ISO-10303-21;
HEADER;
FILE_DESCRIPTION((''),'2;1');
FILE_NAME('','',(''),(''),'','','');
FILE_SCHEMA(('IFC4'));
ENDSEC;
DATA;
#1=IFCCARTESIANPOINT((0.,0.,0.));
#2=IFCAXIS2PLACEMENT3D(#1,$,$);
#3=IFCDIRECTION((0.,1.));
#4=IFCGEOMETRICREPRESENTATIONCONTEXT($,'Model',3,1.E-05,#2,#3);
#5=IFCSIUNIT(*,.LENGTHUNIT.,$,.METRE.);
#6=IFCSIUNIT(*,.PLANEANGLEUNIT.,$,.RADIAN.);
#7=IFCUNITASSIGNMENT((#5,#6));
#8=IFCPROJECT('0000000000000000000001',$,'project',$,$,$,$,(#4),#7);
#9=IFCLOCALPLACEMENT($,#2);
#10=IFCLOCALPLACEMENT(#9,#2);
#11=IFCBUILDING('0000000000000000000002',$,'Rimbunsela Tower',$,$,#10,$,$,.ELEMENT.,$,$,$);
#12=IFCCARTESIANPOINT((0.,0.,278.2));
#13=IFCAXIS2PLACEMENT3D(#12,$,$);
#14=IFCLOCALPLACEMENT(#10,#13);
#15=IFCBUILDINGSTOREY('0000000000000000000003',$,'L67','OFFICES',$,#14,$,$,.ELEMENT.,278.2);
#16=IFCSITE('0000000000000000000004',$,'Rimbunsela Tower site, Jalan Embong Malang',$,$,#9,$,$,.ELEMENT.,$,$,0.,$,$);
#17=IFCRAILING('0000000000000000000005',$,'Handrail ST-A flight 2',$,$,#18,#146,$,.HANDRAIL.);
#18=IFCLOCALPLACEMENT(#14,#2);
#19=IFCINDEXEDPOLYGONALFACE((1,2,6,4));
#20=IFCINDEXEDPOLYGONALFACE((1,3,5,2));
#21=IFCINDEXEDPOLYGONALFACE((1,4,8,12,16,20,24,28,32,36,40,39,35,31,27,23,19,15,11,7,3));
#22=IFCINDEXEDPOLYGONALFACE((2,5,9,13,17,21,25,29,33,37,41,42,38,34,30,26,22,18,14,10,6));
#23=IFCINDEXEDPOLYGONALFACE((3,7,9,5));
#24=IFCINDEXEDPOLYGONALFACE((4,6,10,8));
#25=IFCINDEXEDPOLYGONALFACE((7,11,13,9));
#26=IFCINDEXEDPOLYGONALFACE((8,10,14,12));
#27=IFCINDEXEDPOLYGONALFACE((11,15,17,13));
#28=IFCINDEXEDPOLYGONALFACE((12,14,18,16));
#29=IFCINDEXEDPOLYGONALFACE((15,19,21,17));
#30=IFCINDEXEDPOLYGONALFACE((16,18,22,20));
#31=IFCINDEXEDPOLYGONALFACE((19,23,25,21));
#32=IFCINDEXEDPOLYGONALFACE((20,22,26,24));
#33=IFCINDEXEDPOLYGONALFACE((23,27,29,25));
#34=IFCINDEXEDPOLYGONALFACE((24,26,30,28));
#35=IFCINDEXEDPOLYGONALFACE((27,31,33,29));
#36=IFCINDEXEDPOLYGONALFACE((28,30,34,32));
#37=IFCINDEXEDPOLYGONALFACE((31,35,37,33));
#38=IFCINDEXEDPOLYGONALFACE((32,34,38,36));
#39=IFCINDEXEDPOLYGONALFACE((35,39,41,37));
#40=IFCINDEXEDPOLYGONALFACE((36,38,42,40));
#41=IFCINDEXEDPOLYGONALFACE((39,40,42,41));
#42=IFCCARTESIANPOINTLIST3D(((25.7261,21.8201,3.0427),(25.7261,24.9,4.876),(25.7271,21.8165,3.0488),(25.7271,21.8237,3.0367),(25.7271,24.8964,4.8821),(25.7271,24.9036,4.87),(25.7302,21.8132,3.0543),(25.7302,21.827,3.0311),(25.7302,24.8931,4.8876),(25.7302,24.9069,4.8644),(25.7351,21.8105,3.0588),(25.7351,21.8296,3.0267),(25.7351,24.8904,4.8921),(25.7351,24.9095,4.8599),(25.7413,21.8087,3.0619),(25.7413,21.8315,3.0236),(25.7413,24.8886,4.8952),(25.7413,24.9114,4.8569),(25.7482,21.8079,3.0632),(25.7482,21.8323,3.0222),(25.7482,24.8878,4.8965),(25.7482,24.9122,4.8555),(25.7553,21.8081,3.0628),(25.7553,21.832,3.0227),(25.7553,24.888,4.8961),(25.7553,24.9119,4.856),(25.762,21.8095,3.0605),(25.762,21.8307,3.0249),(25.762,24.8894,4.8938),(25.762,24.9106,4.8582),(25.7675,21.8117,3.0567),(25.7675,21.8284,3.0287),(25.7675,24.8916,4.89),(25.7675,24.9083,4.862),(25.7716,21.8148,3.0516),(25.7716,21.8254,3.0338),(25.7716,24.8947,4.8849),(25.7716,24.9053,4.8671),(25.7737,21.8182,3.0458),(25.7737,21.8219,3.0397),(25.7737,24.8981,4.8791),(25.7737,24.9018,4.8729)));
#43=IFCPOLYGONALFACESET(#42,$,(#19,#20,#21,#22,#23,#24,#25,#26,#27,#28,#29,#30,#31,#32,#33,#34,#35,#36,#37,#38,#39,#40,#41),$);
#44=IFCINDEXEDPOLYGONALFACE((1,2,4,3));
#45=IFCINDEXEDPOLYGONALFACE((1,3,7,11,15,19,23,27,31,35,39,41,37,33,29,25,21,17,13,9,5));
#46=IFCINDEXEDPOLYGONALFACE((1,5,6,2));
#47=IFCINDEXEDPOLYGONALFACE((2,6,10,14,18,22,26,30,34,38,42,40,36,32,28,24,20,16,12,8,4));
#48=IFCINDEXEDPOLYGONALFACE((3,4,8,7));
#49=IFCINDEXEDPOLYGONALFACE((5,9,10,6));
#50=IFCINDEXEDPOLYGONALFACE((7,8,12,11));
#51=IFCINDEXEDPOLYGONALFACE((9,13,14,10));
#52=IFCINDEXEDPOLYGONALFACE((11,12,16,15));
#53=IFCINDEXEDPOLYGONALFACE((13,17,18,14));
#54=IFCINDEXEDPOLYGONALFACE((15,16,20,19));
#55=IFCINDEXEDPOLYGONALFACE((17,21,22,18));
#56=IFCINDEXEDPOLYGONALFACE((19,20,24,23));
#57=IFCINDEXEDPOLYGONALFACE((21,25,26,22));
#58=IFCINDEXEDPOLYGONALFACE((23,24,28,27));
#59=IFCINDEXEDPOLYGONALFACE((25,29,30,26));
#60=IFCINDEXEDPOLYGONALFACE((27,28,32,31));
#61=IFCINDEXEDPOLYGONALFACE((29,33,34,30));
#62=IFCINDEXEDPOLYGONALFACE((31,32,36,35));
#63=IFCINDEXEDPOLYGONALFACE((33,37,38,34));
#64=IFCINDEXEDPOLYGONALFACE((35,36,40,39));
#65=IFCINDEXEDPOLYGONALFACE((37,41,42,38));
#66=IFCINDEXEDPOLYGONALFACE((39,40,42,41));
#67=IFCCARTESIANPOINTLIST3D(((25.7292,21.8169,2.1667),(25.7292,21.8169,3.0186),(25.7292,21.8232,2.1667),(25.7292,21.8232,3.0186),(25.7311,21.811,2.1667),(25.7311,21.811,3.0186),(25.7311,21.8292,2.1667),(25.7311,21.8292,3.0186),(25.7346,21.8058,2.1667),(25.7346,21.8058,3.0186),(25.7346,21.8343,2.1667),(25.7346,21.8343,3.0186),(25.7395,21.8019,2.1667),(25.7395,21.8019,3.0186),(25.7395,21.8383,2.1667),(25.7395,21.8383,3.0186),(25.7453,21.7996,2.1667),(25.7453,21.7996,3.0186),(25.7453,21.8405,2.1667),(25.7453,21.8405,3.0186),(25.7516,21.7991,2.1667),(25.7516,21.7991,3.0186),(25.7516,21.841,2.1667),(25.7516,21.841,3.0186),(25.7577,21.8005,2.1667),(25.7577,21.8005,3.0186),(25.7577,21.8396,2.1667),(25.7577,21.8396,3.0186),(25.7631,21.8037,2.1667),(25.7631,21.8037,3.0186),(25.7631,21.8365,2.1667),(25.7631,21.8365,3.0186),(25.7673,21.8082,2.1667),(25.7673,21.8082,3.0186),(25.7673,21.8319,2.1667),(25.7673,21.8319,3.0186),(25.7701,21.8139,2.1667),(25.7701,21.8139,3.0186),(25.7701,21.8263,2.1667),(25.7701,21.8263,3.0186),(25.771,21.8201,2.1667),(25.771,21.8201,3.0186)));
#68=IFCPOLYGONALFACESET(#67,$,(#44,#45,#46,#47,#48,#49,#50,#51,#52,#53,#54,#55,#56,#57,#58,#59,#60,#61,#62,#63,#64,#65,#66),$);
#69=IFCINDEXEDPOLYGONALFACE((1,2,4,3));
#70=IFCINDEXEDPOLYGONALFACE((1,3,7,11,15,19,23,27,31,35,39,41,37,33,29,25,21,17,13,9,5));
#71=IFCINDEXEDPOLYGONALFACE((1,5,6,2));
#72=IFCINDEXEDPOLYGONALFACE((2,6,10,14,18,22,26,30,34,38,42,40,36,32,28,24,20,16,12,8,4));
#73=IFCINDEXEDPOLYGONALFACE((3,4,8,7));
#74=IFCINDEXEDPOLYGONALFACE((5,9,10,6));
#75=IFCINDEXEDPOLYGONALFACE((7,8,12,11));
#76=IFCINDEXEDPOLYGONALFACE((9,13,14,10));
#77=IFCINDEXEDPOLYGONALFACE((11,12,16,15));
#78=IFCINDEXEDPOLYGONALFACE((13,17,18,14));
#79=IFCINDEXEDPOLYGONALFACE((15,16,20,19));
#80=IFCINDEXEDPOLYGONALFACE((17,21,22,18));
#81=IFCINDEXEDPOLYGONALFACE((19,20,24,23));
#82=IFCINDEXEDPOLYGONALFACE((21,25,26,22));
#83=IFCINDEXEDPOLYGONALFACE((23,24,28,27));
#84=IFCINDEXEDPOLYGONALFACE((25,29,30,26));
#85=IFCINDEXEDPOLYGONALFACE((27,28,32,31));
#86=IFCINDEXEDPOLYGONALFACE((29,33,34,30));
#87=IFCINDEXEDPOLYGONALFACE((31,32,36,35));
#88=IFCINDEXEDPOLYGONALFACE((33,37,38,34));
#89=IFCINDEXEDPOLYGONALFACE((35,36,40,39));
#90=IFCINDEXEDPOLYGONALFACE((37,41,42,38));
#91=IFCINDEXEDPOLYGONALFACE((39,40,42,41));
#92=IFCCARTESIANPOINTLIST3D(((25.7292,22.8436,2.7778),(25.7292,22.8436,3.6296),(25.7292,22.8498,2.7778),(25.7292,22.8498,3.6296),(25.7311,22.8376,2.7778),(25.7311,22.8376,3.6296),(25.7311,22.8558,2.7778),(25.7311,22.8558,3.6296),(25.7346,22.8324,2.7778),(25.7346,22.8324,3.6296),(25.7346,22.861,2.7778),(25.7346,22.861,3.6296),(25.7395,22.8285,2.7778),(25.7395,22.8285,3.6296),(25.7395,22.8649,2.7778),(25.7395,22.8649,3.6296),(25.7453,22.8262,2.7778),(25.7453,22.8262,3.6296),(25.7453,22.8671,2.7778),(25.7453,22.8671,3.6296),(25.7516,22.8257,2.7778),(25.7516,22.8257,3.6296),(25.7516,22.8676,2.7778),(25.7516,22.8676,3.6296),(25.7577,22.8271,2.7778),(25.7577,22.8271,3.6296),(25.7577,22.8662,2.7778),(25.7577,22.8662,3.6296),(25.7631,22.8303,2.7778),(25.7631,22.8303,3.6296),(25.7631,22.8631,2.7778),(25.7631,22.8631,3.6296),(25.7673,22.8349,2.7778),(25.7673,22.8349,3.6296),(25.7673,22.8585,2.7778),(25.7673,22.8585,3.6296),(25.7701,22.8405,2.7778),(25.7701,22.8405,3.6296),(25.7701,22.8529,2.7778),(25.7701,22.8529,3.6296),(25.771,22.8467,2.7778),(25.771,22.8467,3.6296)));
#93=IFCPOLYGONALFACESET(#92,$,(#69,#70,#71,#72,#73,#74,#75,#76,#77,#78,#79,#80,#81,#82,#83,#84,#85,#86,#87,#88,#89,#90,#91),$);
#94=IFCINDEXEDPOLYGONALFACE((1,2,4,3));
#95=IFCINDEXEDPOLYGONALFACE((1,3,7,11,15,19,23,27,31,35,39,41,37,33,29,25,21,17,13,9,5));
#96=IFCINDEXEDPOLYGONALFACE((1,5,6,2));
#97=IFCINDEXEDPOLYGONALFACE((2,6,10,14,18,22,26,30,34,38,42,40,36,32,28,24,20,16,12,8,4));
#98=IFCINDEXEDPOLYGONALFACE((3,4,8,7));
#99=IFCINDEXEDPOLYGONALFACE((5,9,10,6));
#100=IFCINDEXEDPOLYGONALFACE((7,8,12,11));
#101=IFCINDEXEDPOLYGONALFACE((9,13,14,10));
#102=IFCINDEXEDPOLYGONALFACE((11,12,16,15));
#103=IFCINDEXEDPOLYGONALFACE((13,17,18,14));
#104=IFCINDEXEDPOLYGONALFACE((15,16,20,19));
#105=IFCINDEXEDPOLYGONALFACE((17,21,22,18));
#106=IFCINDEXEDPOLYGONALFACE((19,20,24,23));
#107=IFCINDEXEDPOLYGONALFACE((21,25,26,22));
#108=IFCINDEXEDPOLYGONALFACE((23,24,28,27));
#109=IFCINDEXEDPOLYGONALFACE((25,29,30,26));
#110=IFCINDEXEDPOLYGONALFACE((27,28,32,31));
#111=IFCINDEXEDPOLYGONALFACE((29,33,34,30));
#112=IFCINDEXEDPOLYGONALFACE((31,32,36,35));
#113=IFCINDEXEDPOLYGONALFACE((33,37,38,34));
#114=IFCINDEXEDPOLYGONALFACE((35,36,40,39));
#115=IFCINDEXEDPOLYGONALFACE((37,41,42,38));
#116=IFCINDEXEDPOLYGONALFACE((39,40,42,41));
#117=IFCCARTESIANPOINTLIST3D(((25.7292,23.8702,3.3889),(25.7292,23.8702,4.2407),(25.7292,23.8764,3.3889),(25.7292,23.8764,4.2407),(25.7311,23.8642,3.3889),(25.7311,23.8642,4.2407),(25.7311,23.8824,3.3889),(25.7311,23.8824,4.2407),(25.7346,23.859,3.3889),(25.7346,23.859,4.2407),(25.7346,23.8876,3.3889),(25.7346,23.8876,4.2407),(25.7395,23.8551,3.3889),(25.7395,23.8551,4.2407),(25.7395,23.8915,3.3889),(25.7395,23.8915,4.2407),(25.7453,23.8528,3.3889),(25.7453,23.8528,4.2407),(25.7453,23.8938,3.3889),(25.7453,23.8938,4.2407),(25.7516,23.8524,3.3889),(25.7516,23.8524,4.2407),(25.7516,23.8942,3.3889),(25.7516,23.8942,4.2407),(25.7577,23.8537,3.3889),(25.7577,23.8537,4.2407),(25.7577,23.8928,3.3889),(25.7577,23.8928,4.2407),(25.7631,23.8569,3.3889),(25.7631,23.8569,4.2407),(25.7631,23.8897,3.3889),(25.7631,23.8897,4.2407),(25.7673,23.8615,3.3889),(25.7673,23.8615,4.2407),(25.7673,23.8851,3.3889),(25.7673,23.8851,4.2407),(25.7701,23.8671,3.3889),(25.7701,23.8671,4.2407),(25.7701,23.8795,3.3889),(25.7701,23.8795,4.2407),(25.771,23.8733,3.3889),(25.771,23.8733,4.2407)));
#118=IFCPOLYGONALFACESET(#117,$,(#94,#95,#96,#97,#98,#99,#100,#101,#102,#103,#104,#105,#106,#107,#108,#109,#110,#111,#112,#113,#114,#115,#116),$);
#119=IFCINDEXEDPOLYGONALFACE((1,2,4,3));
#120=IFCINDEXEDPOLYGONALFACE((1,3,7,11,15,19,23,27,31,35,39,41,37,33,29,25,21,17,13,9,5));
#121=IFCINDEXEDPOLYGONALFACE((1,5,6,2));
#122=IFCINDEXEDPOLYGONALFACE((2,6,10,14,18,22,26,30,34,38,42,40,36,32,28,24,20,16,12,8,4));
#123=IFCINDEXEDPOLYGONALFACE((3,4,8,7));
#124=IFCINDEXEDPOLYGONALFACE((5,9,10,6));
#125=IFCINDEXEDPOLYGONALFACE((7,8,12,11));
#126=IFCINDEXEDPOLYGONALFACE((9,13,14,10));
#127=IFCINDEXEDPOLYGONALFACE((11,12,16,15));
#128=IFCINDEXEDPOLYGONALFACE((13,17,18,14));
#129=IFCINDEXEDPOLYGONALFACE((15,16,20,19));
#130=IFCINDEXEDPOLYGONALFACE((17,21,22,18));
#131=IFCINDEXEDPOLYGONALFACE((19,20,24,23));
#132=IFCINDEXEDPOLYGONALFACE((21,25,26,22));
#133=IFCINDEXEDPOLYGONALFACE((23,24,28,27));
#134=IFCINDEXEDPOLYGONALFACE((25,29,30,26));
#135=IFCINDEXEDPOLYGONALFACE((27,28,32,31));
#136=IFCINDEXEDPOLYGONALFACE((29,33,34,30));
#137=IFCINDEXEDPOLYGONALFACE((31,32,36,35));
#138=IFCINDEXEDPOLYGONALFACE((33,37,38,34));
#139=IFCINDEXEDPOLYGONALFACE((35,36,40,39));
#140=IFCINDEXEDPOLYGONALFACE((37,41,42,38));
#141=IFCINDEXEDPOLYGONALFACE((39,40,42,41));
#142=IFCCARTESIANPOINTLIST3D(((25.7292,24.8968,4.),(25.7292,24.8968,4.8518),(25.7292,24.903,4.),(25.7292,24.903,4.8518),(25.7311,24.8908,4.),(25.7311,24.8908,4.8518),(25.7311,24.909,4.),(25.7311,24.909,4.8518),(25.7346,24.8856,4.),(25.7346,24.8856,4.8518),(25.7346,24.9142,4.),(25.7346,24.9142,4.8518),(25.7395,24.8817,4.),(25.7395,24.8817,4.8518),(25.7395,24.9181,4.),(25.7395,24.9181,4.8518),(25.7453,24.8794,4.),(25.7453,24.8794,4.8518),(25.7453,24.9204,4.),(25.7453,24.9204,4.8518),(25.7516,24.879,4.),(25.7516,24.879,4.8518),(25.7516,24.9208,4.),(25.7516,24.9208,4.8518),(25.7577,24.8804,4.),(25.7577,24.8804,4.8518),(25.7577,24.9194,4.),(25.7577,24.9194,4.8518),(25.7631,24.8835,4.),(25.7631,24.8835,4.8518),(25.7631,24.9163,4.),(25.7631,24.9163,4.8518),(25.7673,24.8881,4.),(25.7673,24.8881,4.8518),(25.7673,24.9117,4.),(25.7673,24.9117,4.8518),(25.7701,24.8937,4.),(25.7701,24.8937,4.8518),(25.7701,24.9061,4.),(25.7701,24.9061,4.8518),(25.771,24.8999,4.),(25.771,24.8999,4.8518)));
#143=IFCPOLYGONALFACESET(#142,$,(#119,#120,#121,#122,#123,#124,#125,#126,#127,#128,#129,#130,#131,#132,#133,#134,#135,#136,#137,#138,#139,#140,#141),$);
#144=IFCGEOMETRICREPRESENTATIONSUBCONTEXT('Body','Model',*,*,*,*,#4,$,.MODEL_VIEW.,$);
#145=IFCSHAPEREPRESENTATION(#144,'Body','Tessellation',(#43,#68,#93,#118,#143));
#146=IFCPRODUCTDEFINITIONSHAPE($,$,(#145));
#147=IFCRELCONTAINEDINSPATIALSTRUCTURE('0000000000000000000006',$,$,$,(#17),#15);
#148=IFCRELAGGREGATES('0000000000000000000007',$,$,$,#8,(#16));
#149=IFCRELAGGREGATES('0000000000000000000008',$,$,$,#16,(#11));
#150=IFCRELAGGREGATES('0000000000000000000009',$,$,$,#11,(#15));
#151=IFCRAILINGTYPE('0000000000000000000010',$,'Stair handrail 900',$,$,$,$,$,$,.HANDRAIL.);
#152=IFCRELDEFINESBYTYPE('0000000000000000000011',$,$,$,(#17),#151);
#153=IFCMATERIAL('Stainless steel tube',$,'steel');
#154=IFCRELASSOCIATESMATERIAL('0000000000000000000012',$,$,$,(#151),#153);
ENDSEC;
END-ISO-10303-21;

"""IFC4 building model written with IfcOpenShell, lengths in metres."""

from ifc_helpers import new_model, si_unit, direction, frame, origin, origin_2d, place, context, subcontext, project, spatial, circle, extrude, material, type_object, element, save


model = new_model("IFC4")

# Units and contexts
model_context = context("Model", 3, precision=1e-05, world=origin(), true_north=direction((0.0, 1.0)))
body_context = subcontext(model_context, "Body", "Model", "MODEL_VIEW")
ifc_project = project(units=[si_unit("LENGTHUNIT", "METRE"), si_unit("PLANEANGLEUNIT", "RADIAN")], contexts=[model_context])

# Site, building, storey
site_placement = place(None, origin())
site = spatial("IfcSite", under=ifc_project, at=site_placement, Name="Rimbunsela Tower site, Jalan Embong Malang", CompositionType="ELEMENT", RefElevation=0.0)
building_placement = place(site_placement, origin())
building = spatial("IfcBuilding", under=site, at=building_placement, Name="Rimbunsela Tower", CompositionType="ELEMENT")
storey_placement = place(building_placement, frame((0.0, 0.0, 278.2)))
storey = spatial("IfcBuildingStorey", under=building, at=storey_placement, Name="L67", Description="OFFICES", CompositionType="ELEMENT", Elevation=278.2)

# Railing
ifc_material_1 = material(Name="Stainless steel tube", Category="steel")
railing_type = type_object("IfcRailingType", Name="Stair handrail 900", PredefinedType="HANDRAIL", material=ifc_material_1)
for number, where, name in (
    (1, (25.75, 21.8201, 2.1667), "Handrail ST-A flight 2"),
):
    element("IfcRailing", number, at=place(storey_placement, frame(where)), inside=storey, type_object=railing_type, Name=name, PredefinedType="HANDRAIL", context=body_context, shape_type="SweptSolid", body=[
        extrude(circle(Radius=0.0239, at=origin_2d()), frame((0.0, 0.0, 0.876), z_axis=(0.0, 0.859291, 0.511487), x_axis=(-1.0, 0.0, 0.0)), (0.0, 0.0, 1.0), 3.5842),
        extrude(circle(Radius=0.021, at=origin_2d()), origin(), (0.0, 0.0, 1.0), 0.8518),
        extrude(circle(Radius=0.021, at=origin_2d()), frame((0.0, 1.0266, 0.6111)), (0.0, 0.0, 1.0), 0.8518),
        extrude(circle(Radius=0.021, at=origin_2d()), frame((0.0, 2.0532, 1.2222)), (0.0, 0.0, 1.0), 0.8518),
        extrude(circle(Radius=0.021, at=origin_2d()), frame((0.0, 3.0798, 1.8333)), (0.0, 0.0, 1.0), 0.8518),
    ])

save(model, "model.ifc")
